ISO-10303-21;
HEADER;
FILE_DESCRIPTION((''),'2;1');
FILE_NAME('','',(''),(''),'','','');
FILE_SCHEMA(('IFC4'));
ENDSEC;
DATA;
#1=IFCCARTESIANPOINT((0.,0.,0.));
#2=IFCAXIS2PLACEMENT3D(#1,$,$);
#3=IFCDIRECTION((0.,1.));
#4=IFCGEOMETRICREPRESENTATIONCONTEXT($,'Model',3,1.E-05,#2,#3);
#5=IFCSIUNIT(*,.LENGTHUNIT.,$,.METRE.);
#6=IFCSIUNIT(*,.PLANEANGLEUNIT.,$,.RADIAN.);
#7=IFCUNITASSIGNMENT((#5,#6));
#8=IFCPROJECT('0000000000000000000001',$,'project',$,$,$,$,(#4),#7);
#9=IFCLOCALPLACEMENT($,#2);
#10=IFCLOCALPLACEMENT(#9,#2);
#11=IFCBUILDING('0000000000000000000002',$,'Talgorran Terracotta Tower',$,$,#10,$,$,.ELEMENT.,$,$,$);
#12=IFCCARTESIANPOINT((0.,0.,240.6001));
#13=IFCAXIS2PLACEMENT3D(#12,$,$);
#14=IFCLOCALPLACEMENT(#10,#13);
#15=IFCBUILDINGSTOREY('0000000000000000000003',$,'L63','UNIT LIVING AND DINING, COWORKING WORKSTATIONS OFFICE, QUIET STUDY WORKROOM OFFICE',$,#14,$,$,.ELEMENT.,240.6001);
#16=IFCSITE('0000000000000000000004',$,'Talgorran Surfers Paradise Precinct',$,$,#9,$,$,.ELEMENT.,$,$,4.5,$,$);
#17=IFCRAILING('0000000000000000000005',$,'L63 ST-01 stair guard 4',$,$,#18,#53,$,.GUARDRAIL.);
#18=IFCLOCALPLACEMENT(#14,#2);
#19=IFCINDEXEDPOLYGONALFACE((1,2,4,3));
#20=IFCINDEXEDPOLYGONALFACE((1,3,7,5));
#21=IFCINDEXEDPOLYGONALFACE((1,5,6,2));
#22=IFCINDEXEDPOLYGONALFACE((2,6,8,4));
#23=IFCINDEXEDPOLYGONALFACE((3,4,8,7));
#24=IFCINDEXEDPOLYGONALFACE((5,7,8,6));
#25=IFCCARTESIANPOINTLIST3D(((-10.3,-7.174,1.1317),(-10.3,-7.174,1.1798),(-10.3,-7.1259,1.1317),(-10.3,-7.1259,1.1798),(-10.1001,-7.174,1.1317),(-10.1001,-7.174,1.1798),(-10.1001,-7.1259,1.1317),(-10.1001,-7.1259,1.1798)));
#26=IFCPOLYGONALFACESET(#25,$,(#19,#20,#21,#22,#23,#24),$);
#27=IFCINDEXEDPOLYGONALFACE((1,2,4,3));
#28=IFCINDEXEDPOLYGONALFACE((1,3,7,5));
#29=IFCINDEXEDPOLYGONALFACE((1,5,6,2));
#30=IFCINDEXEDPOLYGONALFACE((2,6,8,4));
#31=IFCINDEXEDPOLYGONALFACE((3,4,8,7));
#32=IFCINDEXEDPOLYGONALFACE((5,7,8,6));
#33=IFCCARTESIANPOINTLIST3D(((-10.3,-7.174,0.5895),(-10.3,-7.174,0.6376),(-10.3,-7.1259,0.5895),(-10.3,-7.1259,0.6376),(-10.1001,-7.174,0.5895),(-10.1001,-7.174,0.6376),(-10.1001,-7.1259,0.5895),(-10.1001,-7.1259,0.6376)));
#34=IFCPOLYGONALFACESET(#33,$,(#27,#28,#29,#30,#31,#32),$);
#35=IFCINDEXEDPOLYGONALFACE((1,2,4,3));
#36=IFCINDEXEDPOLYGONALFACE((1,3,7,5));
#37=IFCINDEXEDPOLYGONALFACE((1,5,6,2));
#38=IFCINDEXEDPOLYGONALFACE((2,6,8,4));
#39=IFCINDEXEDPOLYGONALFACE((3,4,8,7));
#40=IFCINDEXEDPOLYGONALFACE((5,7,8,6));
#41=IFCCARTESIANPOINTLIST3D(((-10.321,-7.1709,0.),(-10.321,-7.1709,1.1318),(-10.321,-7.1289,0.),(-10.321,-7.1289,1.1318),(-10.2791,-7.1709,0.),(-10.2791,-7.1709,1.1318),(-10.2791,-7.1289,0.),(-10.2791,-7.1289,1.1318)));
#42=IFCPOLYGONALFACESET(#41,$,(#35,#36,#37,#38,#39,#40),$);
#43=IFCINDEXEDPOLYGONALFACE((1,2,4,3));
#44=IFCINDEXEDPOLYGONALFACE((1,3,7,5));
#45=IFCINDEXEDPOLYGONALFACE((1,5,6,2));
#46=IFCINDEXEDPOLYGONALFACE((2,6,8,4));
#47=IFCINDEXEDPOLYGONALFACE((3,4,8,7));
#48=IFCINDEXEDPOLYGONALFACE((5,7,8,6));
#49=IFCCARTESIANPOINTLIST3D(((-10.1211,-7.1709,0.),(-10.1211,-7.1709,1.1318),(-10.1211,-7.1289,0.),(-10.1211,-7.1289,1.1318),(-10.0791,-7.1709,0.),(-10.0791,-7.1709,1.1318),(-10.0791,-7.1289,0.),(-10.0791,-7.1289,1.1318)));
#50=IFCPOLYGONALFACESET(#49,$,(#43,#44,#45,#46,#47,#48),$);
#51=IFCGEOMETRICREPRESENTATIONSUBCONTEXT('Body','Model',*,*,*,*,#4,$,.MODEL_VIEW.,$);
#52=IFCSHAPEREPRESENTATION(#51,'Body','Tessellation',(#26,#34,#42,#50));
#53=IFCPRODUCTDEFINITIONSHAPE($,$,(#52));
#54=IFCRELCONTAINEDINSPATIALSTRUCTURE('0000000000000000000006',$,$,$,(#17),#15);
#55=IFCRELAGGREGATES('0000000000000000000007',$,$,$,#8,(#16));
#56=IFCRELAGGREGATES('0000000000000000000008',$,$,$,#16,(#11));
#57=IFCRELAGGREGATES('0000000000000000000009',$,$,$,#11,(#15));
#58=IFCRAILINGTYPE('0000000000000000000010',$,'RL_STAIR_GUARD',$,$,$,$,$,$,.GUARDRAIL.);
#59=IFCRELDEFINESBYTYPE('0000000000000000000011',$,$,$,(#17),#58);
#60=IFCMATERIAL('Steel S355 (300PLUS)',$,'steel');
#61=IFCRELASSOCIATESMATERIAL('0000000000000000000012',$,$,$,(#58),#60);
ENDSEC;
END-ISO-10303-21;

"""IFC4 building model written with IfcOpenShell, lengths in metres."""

from ifc_helpers import new_model, si_unit, direction, frame, origin, origin_2d, place, context, subcontext, project, spatial, rectangle, extrude, material, type_object, element, save


model = new_model("IFC4")

# Units and contexts
model_context = context("Model", 3, precision=1e-05, world=origin(), true_north=direction((0.0, 1.0)))
body_context = subcontext(model_context, "Body", "Model", "MODEL_VIEW")
ifc_project = project(units=[si_unit("LENGTHUNIT", "METRE"), si_unit("PLANEANGLEUNIT", "RADIAN")], contexts=[model_context])

# Site, building, storey
site_placement = place(None, origin())
site = spatial("IfcSite", under=ifc_project, at=site_placement, Name="Talgorran Surfers Paradise Precinct", CompositionType="ELEMENT", RefElevation=4.5)
building_placement = place(site_placement, origin())
building = spatial("IfcBuilding", under=site, at=building_placement, Name="Talgorran Terracotta Tower", CompositionType="ELEMENT")
storey_placement = place(building_placement, frame((0.0, 0.0, 240.6001)))
storey = spatial("IfcBuildingStorey", under=building, at=storey_placement, Name="L63", Description="UNIT LIVING AND DINING, COWORKING WORKSTATIONS OFFICE, QUIET STUDY WORKROOM OFFICE", CompositionType="ELEMENT", Elevation=240.6001)

# Shared definitions
ifc_material_1 = material(Name="Steel S355 (300PLUS)", Category="steel")

# Railing
railing_type_1 = type_object("IfcRailingType", Name="RL_STAIR_GUARD", PredefinedType="GUARDRAIL", material=ifc_material_1)
railing_1_placement = place(storey_placement, frame((-10.3, -7.1499, 0.0)))
element("IfcRailing", 1, at=railing_1_placement, inside=storey, type_object=railing_type_1, Name="L63 ST-01 stair guard 4", PredefinedType="GUARDRAIL", context=body_context, shape_type="SweptSolid", body=[
    extrude(rectangle(XDim=0.0481, YDim=0.0481, at=origin_2d()), frame((0.0, 0.0, 1.1558), z_axis=(1.0, 0.0, 0.0), x_axis=(0.0, 1.0, 0.0)), (0.0, 0.0, 1.0), 0.2),
    extrude(rectangle(XDim=0.0481, YDim=0.0481, at=origin_2d()), frame((0.0, 0.0, 0.6135), z_axis=(1.0, 0.0, 0.0), x_axis=(0.0, 1.0, 0.0)), (0.0, 0.0, 1.0), 0.2),
    extrude(rectangle(XDim=0.042, YDim=0.042, at=origin_2d()), origin(), (0.0, 0.0, 1.0), 1.1318),
    extrude(rectangle(XDim=0.042, YDim=0.042, at=origin_2d()), frame((0.2, 0.0, 0.0)), (0.0, 0.0, 1.0), 1.1318),
])

save(model, "model.ifc")
